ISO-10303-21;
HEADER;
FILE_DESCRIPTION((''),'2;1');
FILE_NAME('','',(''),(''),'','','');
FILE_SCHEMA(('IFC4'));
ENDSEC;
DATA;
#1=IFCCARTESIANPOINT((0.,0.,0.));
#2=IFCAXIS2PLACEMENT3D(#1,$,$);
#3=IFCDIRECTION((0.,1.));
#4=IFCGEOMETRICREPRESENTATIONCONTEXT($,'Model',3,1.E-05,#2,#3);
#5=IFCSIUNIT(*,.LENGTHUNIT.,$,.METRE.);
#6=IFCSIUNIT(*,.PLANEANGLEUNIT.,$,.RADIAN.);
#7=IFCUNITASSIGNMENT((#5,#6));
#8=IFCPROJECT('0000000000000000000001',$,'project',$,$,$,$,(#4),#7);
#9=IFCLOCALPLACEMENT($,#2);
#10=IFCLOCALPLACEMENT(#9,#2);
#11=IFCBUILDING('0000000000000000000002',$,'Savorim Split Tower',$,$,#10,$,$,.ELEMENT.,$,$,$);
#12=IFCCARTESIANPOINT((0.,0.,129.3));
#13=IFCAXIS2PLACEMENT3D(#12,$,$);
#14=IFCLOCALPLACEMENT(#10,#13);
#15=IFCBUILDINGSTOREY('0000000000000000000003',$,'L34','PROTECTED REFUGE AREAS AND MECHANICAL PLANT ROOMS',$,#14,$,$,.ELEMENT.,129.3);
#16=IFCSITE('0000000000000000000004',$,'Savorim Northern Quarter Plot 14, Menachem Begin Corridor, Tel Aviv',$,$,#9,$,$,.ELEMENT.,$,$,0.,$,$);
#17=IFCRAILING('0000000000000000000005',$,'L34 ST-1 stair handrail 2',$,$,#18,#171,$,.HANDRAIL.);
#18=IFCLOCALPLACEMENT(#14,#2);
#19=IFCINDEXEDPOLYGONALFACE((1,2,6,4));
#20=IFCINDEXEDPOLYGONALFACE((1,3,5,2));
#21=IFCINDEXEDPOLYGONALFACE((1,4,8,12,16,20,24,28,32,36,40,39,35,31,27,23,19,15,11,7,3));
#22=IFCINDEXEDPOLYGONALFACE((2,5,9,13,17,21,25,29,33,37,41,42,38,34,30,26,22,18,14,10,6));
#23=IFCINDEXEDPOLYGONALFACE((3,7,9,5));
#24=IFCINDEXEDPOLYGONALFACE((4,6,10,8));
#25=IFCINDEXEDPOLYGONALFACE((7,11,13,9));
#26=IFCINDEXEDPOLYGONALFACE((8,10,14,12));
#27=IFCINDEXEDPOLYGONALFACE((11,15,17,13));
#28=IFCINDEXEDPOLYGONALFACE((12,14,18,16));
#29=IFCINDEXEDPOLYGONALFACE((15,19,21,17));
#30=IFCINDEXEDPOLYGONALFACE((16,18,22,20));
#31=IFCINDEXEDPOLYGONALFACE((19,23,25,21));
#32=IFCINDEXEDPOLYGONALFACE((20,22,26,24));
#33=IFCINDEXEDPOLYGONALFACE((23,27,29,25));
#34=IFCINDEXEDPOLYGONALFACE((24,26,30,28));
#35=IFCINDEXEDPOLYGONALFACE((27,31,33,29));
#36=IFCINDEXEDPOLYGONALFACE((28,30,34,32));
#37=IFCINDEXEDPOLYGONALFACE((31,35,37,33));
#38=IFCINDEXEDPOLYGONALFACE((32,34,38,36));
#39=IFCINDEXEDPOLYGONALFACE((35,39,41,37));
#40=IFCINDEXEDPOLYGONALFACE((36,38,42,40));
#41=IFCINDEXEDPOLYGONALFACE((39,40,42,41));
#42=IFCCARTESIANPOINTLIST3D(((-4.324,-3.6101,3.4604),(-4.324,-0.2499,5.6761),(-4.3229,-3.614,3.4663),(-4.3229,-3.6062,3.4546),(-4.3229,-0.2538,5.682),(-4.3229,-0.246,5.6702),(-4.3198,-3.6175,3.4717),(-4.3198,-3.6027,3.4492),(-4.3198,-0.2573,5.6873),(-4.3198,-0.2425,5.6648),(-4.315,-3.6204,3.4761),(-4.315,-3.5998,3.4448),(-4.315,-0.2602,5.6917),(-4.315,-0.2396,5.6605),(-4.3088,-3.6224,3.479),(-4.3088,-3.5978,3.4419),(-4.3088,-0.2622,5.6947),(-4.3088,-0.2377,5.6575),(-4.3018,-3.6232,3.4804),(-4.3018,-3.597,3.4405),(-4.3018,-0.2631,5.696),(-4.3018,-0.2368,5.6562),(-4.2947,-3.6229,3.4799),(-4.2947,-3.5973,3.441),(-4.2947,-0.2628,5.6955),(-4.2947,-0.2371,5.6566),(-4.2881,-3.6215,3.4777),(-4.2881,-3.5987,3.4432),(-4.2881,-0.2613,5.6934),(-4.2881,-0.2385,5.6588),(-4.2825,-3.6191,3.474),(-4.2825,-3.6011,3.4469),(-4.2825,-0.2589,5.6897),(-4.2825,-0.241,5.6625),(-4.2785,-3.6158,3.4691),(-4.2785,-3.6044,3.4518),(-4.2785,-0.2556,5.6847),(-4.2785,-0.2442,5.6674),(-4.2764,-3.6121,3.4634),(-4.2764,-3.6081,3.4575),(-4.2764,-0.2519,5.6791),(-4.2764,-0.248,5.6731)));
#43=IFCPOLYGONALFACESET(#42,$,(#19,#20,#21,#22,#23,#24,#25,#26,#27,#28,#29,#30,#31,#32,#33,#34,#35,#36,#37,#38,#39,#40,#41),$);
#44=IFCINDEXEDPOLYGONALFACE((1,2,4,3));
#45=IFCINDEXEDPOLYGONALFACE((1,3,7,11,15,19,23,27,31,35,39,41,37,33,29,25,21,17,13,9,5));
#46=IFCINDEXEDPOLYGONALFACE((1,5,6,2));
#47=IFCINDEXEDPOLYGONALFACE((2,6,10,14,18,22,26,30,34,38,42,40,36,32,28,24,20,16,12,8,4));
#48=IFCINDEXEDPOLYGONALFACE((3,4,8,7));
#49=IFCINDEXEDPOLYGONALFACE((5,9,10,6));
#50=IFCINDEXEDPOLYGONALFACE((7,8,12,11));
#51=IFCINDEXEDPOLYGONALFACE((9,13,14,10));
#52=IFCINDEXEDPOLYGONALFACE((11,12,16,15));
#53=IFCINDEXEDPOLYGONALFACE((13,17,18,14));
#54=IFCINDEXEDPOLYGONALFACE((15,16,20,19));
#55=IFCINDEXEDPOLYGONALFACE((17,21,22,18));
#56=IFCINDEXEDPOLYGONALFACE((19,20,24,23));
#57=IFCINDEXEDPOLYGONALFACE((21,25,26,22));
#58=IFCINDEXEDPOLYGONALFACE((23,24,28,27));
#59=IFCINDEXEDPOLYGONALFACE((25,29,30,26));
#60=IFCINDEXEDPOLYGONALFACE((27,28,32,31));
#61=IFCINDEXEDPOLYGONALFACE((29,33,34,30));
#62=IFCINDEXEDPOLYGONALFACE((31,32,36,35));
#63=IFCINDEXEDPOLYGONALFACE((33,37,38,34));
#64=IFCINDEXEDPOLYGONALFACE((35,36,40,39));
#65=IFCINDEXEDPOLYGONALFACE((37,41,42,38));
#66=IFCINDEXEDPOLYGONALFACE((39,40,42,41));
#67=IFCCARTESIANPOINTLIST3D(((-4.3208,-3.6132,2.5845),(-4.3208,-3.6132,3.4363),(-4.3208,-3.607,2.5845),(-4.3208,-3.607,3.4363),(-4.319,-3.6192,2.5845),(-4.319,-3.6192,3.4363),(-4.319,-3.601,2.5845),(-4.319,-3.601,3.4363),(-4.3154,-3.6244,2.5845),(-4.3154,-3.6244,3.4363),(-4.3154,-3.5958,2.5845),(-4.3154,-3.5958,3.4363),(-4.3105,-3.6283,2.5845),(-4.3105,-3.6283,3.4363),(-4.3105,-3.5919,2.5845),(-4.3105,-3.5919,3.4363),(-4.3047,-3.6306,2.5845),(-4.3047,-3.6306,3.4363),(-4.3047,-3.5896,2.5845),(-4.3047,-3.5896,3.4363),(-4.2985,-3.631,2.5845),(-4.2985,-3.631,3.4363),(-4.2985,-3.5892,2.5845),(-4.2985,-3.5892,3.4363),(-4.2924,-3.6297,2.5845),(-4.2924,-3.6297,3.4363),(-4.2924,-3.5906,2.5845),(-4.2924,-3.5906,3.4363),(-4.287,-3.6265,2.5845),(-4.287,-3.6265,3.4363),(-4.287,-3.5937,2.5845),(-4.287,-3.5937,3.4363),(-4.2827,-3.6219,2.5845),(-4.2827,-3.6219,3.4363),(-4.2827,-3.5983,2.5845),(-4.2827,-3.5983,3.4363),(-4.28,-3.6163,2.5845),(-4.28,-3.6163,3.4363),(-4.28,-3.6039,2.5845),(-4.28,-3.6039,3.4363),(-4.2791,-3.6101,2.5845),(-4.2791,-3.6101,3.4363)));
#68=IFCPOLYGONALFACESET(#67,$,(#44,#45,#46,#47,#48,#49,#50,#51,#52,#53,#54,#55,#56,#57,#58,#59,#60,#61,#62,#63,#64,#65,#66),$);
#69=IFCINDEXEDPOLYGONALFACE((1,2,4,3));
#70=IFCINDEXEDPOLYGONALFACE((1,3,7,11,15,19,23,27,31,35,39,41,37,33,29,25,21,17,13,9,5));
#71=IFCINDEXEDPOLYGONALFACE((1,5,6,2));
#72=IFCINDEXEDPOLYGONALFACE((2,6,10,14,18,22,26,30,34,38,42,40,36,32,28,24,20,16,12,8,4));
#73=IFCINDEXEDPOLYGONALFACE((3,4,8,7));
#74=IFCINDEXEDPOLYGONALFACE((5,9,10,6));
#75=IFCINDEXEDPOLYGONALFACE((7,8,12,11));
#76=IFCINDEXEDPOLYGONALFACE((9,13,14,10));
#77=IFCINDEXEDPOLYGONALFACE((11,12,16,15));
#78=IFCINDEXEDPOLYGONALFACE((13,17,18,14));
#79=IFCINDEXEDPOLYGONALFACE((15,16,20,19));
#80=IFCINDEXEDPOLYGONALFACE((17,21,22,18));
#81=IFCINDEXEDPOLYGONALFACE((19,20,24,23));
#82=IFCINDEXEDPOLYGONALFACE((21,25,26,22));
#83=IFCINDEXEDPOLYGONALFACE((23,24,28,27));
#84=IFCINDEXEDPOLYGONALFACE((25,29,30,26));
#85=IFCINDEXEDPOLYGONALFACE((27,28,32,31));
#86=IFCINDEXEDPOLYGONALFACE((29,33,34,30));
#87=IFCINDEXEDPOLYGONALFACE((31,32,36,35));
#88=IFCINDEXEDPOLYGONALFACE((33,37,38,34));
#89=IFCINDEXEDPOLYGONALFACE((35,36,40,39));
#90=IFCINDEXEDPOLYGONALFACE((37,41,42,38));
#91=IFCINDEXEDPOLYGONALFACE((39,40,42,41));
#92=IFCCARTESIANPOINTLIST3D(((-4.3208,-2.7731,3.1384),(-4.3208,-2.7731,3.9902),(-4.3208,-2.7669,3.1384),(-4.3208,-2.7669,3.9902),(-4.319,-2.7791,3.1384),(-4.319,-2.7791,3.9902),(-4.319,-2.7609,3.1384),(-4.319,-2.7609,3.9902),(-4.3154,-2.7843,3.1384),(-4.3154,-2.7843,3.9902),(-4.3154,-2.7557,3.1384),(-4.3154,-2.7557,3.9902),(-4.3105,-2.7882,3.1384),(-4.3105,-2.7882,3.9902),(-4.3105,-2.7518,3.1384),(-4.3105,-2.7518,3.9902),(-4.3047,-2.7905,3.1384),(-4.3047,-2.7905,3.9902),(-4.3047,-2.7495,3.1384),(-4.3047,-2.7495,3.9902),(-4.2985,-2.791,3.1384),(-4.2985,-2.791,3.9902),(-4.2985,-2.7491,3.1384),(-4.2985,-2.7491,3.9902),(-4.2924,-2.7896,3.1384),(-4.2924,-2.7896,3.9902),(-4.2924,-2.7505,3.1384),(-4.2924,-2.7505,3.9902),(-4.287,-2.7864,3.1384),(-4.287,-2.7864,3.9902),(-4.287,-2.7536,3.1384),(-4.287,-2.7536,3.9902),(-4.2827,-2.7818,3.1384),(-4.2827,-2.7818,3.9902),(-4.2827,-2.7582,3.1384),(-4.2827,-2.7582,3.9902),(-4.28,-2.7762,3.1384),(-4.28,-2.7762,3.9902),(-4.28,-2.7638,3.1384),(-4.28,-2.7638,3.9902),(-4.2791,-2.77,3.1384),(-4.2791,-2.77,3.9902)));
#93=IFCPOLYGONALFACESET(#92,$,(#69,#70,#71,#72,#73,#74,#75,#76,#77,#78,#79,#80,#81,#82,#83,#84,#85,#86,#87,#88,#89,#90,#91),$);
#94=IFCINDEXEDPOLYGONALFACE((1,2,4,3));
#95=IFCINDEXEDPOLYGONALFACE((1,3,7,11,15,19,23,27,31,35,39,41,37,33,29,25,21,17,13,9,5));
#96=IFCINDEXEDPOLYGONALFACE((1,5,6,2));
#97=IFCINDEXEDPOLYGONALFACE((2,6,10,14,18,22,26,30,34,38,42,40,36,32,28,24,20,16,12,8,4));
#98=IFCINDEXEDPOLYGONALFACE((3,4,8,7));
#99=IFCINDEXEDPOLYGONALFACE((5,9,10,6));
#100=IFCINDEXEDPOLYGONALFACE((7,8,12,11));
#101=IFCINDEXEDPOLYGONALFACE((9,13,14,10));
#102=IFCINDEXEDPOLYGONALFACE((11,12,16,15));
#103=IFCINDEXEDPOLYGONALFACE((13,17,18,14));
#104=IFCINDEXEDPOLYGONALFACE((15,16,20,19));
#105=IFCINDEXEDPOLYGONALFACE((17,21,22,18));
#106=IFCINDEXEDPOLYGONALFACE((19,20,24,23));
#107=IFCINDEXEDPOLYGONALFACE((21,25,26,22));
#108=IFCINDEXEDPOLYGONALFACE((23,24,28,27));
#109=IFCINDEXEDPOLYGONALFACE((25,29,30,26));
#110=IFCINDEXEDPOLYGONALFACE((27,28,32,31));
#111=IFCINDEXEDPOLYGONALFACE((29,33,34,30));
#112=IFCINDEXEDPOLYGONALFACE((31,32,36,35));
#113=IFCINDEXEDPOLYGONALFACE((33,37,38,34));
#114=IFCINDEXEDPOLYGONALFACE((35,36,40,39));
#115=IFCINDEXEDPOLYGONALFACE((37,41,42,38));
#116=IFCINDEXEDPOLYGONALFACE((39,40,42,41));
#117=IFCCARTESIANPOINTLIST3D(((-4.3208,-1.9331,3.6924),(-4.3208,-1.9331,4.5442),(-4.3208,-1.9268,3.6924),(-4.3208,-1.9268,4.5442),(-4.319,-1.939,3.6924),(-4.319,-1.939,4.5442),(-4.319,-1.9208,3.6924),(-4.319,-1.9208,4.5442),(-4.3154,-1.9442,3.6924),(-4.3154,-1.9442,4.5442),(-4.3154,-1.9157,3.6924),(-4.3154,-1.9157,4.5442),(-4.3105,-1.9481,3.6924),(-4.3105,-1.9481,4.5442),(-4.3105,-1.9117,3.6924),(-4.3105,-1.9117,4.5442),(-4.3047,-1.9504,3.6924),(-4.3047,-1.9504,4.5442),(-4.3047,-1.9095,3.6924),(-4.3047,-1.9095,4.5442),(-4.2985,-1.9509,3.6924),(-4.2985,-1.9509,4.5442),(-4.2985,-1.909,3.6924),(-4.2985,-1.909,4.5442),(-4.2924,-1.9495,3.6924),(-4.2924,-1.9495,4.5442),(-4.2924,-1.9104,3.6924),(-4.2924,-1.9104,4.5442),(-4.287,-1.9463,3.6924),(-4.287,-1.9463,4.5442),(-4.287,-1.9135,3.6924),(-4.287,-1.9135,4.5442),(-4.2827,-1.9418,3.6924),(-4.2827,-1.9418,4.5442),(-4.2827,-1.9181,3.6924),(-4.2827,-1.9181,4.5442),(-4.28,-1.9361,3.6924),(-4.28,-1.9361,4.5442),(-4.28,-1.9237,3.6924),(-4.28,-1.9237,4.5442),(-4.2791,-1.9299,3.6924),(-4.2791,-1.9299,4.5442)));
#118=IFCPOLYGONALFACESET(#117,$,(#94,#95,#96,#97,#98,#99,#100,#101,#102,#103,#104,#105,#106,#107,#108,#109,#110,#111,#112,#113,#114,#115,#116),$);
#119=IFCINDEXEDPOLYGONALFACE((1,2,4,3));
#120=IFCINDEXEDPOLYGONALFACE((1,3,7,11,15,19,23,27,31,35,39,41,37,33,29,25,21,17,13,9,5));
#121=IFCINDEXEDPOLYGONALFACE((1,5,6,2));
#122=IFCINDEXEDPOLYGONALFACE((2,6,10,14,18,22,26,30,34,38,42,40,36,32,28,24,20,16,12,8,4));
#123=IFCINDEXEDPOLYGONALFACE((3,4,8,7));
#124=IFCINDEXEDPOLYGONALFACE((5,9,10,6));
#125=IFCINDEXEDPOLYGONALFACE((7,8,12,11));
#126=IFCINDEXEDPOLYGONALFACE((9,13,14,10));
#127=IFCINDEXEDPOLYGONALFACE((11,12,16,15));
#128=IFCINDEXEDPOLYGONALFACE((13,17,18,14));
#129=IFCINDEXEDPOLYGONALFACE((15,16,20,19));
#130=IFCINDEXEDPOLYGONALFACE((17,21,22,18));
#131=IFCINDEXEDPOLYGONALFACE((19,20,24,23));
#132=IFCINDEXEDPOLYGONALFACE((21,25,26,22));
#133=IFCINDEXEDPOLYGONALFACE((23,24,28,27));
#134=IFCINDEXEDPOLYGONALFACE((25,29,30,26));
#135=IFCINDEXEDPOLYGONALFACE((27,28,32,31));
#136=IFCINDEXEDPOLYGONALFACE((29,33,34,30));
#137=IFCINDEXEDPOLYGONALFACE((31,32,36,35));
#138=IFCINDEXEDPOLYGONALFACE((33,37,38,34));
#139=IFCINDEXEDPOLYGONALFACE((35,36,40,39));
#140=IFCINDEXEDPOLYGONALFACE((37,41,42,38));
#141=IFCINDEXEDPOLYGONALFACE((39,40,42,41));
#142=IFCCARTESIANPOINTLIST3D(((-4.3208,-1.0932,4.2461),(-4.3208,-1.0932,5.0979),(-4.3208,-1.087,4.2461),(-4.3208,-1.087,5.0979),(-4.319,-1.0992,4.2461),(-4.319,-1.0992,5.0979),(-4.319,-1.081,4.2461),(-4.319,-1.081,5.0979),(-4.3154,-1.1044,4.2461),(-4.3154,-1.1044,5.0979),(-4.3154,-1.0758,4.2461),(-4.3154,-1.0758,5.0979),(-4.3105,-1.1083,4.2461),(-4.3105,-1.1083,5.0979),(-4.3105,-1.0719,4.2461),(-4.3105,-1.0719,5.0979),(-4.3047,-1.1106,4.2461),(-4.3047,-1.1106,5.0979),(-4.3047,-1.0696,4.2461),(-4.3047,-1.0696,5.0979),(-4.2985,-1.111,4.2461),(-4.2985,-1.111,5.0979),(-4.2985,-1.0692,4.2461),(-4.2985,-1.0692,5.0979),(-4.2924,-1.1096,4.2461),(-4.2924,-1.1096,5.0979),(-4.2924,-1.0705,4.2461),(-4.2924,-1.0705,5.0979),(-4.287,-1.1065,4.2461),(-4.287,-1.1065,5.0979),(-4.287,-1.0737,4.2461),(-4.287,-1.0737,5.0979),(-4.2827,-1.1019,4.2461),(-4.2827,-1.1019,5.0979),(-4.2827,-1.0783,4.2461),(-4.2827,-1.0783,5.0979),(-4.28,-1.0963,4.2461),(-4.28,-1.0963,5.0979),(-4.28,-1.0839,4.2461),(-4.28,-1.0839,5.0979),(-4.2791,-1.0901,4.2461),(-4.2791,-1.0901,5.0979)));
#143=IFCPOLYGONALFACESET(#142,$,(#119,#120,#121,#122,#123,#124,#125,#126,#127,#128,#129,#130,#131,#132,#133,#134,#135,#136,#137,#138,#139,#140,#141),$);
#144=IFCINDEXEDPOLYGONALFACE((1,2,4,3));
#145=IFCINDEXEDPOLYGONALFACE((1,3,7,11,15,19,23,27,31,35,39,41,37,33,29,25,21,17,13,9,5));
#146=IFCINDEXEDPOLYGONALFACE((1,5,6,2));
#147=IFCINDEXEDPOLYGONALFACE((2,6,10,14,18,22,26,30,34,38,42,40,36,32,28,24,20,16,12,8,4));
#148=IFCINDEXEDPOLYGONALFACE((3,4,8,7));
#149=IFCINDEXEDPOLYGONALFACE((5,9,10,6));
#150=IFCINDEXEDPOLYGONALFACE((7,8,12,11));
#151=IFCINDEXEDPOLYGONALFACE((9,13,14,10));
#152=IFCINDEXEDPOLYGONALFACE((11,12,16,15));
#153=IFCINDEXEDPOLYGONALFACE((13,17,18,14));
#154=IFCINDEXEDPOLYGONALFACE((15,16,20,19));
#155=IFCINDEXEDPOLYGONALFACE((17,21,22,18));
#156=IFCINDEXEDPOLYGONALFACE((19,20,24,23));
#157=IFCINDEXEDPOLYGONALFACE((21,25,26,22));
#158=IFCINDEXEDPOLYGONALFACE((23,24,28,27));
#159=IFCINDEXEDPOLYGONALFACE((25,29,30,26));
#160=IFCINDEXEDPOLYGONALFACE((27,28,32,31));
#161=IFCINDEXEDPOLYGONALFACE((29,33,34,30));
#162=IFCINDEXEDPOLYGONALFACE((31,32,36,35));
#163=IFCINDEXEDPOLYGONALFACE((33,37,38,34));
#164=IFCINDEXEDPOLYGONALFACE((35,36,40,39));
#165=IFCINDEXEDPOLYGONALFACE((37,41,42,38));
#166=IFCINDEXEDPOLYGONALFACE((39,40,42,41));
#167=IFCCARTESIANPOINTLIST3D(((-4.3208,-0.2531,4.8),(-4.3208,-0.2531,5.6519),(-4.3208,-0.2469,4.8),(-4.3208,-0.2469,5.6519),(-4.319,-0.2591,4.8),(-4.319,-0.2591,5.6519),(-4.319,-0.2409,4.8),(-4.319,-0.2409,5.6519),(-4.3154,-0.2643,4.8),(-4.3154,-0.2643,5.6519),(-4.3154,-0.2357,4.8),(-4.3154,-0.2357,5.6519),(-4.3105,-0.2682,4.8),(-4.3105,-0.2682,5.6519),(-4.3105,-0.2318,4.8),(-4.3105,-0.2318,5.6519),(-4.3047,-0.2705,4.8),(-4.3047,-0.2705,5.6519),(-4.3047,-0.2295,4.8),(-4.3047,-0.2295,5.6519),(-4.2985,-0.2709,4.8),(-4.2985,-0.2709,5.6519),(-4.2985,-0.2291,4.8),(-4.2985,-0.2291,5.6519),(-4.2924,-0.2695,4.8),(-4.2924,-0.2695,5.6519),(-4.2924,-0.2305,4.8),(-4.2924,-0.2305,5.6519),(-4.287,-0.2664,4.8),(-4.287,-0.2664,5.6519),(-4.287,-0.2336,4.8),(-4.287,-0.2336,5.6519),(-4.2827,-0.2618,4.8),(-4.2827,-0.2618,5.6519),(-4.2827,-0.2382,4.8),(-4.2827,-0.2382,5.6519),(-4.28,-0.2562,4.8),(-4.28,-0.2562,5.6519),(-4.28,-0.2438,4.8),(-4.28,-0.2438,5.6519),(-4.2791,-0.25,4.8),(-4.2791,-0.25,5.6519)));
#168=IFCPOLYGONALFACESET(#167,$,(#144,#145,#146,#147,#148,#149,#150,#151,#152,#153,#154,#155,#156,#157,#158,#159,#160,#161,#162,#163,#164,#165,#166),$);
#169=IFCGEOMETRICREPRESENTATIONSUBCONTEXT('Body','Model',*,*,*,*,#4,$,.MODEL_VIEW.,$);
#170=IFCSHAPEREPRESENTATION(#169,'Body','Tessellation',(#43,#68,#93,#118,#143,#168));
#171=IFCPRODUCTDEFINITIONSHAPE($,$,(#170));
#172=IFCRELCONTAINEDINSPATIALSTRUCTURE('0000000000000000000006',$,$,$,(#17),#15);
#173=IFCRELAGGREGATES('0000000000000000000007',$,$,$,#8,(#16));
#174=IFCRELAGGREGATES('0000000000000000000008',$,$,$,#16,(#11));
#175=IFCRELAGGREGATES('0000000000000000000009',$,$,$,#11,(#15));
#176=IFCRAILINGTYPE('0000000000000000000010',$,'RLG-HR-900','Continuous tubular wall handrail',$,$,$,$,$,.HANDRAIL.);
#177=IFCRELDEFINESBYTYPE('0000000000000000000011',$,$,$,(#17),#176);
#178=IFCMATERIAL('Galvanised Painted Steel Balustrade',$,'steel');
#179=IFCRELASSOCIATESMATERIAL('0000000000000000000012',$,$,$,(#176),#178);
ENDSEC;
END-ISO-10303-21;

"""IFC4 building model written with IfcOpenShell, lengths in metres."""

from ifc_helpers import new_model, si_unit, direction, frame, origin, origin_2d, place, context, subcontext, project, spatial, circle, extrude, material, type_object, element, save


model = new_model("IFC4")

# Units and contexts
model_context = context("Model", 3, precision=1e-05, world=origin(), true_north=direction((0.0, 1.0)))
body_context = subcontext(model_context, "Body", "Model", "MODEL_VIEW")
ifc_project = project(units=[si_unit("LENGTHUNIT", "METRE"), si_unit("PLANEANGLEUNIT", "RADIAN")], contexts=[model_context])

# Site, building, storey
site_placement = place(None, origin())
site = spatial("IfcSite", under=ifc_project, at=site_placement, Name="Savorim Northern Quarter Plot 14, Menachem Begin Corridor, Tel Aviv", CompositionType="ELEMENT", RefElevation=0.0)
building_placement = place(site_placement, origin())
building = spatial("IfcBuilding", under=site, at=building_placement, Name="Savorim Split Tower", CompositionType="ELEMENT")
storey_placement = place(building_placement, frame((0.0, 0.0, 129.3)))
storey = spatial("IfcBuildingStorey", under=building, at=storey_placement, Name="L34", Description="PROTECTED REFUGE AREAS AND MECHANICAL PLANT ROOMS", CompositionType="ELEMENT", Elevation=129.3)

# Railing
ifc_material_1 = material(Name="Galvanised Painted Steel Balustrade", Category="steel")
railing_type_1 = type_object("IfcRailingType", Name="RLG-HR-900", Description="Continuous tubular wall handrail", PredefinedType="HANDRAIL", material=ifc_material_1)
railing_1_placement = place(storey_placement, frame((-4.3, -3.6101, 2.5845)))
element("IfcRailing", 1, at=railing_1_placement, inside=storey, type_object=railing_type_1, Name="L34 ST-1 stair handrail 2", PredefinedType="HANDRAIL", context=body_context, shape_type="SweptSolid", body=[
    extrude(circle(Radius=0.0239, at=origin_2d()), frame((0.0, 0.0, 0.876), z_axis=(0.0, 0.834849, 0.55048), x_axis=(-1.0, 0.0, 0.0)), (0.0, 0.0, 1.0), 4.0249),
    extrude(circle(Radius=0.021, at=origin_2d()), origin(), (0.0, 0.0, 1.0), 0.8518),
    extrude(circle(Radius=0.021, at=origin_2d()), frame((0.0, 0.8401, 0.554)), (0.0, 0.0, 1.0), 0.8518),
    extrude(circle(Radius=0.021, at=origin_2d()), frame((0.0, 1.6802, 1.1079)), (0.0, 0.0, 1.0), 0.8518),
    extrude(circle(Radius=0.021, at=origin_2d()), frame((0.0, 2.52, 1.6616)), (0.0, 0.0, 1.0), 0.8518),
    extrude(circle(Radius=0.021, at=origin_2d()), frame((0.0, 3.3601, 2.2156)), (0.0, 0.0, 1.0), 0.8518),
])

save(model, "model.ifc")
